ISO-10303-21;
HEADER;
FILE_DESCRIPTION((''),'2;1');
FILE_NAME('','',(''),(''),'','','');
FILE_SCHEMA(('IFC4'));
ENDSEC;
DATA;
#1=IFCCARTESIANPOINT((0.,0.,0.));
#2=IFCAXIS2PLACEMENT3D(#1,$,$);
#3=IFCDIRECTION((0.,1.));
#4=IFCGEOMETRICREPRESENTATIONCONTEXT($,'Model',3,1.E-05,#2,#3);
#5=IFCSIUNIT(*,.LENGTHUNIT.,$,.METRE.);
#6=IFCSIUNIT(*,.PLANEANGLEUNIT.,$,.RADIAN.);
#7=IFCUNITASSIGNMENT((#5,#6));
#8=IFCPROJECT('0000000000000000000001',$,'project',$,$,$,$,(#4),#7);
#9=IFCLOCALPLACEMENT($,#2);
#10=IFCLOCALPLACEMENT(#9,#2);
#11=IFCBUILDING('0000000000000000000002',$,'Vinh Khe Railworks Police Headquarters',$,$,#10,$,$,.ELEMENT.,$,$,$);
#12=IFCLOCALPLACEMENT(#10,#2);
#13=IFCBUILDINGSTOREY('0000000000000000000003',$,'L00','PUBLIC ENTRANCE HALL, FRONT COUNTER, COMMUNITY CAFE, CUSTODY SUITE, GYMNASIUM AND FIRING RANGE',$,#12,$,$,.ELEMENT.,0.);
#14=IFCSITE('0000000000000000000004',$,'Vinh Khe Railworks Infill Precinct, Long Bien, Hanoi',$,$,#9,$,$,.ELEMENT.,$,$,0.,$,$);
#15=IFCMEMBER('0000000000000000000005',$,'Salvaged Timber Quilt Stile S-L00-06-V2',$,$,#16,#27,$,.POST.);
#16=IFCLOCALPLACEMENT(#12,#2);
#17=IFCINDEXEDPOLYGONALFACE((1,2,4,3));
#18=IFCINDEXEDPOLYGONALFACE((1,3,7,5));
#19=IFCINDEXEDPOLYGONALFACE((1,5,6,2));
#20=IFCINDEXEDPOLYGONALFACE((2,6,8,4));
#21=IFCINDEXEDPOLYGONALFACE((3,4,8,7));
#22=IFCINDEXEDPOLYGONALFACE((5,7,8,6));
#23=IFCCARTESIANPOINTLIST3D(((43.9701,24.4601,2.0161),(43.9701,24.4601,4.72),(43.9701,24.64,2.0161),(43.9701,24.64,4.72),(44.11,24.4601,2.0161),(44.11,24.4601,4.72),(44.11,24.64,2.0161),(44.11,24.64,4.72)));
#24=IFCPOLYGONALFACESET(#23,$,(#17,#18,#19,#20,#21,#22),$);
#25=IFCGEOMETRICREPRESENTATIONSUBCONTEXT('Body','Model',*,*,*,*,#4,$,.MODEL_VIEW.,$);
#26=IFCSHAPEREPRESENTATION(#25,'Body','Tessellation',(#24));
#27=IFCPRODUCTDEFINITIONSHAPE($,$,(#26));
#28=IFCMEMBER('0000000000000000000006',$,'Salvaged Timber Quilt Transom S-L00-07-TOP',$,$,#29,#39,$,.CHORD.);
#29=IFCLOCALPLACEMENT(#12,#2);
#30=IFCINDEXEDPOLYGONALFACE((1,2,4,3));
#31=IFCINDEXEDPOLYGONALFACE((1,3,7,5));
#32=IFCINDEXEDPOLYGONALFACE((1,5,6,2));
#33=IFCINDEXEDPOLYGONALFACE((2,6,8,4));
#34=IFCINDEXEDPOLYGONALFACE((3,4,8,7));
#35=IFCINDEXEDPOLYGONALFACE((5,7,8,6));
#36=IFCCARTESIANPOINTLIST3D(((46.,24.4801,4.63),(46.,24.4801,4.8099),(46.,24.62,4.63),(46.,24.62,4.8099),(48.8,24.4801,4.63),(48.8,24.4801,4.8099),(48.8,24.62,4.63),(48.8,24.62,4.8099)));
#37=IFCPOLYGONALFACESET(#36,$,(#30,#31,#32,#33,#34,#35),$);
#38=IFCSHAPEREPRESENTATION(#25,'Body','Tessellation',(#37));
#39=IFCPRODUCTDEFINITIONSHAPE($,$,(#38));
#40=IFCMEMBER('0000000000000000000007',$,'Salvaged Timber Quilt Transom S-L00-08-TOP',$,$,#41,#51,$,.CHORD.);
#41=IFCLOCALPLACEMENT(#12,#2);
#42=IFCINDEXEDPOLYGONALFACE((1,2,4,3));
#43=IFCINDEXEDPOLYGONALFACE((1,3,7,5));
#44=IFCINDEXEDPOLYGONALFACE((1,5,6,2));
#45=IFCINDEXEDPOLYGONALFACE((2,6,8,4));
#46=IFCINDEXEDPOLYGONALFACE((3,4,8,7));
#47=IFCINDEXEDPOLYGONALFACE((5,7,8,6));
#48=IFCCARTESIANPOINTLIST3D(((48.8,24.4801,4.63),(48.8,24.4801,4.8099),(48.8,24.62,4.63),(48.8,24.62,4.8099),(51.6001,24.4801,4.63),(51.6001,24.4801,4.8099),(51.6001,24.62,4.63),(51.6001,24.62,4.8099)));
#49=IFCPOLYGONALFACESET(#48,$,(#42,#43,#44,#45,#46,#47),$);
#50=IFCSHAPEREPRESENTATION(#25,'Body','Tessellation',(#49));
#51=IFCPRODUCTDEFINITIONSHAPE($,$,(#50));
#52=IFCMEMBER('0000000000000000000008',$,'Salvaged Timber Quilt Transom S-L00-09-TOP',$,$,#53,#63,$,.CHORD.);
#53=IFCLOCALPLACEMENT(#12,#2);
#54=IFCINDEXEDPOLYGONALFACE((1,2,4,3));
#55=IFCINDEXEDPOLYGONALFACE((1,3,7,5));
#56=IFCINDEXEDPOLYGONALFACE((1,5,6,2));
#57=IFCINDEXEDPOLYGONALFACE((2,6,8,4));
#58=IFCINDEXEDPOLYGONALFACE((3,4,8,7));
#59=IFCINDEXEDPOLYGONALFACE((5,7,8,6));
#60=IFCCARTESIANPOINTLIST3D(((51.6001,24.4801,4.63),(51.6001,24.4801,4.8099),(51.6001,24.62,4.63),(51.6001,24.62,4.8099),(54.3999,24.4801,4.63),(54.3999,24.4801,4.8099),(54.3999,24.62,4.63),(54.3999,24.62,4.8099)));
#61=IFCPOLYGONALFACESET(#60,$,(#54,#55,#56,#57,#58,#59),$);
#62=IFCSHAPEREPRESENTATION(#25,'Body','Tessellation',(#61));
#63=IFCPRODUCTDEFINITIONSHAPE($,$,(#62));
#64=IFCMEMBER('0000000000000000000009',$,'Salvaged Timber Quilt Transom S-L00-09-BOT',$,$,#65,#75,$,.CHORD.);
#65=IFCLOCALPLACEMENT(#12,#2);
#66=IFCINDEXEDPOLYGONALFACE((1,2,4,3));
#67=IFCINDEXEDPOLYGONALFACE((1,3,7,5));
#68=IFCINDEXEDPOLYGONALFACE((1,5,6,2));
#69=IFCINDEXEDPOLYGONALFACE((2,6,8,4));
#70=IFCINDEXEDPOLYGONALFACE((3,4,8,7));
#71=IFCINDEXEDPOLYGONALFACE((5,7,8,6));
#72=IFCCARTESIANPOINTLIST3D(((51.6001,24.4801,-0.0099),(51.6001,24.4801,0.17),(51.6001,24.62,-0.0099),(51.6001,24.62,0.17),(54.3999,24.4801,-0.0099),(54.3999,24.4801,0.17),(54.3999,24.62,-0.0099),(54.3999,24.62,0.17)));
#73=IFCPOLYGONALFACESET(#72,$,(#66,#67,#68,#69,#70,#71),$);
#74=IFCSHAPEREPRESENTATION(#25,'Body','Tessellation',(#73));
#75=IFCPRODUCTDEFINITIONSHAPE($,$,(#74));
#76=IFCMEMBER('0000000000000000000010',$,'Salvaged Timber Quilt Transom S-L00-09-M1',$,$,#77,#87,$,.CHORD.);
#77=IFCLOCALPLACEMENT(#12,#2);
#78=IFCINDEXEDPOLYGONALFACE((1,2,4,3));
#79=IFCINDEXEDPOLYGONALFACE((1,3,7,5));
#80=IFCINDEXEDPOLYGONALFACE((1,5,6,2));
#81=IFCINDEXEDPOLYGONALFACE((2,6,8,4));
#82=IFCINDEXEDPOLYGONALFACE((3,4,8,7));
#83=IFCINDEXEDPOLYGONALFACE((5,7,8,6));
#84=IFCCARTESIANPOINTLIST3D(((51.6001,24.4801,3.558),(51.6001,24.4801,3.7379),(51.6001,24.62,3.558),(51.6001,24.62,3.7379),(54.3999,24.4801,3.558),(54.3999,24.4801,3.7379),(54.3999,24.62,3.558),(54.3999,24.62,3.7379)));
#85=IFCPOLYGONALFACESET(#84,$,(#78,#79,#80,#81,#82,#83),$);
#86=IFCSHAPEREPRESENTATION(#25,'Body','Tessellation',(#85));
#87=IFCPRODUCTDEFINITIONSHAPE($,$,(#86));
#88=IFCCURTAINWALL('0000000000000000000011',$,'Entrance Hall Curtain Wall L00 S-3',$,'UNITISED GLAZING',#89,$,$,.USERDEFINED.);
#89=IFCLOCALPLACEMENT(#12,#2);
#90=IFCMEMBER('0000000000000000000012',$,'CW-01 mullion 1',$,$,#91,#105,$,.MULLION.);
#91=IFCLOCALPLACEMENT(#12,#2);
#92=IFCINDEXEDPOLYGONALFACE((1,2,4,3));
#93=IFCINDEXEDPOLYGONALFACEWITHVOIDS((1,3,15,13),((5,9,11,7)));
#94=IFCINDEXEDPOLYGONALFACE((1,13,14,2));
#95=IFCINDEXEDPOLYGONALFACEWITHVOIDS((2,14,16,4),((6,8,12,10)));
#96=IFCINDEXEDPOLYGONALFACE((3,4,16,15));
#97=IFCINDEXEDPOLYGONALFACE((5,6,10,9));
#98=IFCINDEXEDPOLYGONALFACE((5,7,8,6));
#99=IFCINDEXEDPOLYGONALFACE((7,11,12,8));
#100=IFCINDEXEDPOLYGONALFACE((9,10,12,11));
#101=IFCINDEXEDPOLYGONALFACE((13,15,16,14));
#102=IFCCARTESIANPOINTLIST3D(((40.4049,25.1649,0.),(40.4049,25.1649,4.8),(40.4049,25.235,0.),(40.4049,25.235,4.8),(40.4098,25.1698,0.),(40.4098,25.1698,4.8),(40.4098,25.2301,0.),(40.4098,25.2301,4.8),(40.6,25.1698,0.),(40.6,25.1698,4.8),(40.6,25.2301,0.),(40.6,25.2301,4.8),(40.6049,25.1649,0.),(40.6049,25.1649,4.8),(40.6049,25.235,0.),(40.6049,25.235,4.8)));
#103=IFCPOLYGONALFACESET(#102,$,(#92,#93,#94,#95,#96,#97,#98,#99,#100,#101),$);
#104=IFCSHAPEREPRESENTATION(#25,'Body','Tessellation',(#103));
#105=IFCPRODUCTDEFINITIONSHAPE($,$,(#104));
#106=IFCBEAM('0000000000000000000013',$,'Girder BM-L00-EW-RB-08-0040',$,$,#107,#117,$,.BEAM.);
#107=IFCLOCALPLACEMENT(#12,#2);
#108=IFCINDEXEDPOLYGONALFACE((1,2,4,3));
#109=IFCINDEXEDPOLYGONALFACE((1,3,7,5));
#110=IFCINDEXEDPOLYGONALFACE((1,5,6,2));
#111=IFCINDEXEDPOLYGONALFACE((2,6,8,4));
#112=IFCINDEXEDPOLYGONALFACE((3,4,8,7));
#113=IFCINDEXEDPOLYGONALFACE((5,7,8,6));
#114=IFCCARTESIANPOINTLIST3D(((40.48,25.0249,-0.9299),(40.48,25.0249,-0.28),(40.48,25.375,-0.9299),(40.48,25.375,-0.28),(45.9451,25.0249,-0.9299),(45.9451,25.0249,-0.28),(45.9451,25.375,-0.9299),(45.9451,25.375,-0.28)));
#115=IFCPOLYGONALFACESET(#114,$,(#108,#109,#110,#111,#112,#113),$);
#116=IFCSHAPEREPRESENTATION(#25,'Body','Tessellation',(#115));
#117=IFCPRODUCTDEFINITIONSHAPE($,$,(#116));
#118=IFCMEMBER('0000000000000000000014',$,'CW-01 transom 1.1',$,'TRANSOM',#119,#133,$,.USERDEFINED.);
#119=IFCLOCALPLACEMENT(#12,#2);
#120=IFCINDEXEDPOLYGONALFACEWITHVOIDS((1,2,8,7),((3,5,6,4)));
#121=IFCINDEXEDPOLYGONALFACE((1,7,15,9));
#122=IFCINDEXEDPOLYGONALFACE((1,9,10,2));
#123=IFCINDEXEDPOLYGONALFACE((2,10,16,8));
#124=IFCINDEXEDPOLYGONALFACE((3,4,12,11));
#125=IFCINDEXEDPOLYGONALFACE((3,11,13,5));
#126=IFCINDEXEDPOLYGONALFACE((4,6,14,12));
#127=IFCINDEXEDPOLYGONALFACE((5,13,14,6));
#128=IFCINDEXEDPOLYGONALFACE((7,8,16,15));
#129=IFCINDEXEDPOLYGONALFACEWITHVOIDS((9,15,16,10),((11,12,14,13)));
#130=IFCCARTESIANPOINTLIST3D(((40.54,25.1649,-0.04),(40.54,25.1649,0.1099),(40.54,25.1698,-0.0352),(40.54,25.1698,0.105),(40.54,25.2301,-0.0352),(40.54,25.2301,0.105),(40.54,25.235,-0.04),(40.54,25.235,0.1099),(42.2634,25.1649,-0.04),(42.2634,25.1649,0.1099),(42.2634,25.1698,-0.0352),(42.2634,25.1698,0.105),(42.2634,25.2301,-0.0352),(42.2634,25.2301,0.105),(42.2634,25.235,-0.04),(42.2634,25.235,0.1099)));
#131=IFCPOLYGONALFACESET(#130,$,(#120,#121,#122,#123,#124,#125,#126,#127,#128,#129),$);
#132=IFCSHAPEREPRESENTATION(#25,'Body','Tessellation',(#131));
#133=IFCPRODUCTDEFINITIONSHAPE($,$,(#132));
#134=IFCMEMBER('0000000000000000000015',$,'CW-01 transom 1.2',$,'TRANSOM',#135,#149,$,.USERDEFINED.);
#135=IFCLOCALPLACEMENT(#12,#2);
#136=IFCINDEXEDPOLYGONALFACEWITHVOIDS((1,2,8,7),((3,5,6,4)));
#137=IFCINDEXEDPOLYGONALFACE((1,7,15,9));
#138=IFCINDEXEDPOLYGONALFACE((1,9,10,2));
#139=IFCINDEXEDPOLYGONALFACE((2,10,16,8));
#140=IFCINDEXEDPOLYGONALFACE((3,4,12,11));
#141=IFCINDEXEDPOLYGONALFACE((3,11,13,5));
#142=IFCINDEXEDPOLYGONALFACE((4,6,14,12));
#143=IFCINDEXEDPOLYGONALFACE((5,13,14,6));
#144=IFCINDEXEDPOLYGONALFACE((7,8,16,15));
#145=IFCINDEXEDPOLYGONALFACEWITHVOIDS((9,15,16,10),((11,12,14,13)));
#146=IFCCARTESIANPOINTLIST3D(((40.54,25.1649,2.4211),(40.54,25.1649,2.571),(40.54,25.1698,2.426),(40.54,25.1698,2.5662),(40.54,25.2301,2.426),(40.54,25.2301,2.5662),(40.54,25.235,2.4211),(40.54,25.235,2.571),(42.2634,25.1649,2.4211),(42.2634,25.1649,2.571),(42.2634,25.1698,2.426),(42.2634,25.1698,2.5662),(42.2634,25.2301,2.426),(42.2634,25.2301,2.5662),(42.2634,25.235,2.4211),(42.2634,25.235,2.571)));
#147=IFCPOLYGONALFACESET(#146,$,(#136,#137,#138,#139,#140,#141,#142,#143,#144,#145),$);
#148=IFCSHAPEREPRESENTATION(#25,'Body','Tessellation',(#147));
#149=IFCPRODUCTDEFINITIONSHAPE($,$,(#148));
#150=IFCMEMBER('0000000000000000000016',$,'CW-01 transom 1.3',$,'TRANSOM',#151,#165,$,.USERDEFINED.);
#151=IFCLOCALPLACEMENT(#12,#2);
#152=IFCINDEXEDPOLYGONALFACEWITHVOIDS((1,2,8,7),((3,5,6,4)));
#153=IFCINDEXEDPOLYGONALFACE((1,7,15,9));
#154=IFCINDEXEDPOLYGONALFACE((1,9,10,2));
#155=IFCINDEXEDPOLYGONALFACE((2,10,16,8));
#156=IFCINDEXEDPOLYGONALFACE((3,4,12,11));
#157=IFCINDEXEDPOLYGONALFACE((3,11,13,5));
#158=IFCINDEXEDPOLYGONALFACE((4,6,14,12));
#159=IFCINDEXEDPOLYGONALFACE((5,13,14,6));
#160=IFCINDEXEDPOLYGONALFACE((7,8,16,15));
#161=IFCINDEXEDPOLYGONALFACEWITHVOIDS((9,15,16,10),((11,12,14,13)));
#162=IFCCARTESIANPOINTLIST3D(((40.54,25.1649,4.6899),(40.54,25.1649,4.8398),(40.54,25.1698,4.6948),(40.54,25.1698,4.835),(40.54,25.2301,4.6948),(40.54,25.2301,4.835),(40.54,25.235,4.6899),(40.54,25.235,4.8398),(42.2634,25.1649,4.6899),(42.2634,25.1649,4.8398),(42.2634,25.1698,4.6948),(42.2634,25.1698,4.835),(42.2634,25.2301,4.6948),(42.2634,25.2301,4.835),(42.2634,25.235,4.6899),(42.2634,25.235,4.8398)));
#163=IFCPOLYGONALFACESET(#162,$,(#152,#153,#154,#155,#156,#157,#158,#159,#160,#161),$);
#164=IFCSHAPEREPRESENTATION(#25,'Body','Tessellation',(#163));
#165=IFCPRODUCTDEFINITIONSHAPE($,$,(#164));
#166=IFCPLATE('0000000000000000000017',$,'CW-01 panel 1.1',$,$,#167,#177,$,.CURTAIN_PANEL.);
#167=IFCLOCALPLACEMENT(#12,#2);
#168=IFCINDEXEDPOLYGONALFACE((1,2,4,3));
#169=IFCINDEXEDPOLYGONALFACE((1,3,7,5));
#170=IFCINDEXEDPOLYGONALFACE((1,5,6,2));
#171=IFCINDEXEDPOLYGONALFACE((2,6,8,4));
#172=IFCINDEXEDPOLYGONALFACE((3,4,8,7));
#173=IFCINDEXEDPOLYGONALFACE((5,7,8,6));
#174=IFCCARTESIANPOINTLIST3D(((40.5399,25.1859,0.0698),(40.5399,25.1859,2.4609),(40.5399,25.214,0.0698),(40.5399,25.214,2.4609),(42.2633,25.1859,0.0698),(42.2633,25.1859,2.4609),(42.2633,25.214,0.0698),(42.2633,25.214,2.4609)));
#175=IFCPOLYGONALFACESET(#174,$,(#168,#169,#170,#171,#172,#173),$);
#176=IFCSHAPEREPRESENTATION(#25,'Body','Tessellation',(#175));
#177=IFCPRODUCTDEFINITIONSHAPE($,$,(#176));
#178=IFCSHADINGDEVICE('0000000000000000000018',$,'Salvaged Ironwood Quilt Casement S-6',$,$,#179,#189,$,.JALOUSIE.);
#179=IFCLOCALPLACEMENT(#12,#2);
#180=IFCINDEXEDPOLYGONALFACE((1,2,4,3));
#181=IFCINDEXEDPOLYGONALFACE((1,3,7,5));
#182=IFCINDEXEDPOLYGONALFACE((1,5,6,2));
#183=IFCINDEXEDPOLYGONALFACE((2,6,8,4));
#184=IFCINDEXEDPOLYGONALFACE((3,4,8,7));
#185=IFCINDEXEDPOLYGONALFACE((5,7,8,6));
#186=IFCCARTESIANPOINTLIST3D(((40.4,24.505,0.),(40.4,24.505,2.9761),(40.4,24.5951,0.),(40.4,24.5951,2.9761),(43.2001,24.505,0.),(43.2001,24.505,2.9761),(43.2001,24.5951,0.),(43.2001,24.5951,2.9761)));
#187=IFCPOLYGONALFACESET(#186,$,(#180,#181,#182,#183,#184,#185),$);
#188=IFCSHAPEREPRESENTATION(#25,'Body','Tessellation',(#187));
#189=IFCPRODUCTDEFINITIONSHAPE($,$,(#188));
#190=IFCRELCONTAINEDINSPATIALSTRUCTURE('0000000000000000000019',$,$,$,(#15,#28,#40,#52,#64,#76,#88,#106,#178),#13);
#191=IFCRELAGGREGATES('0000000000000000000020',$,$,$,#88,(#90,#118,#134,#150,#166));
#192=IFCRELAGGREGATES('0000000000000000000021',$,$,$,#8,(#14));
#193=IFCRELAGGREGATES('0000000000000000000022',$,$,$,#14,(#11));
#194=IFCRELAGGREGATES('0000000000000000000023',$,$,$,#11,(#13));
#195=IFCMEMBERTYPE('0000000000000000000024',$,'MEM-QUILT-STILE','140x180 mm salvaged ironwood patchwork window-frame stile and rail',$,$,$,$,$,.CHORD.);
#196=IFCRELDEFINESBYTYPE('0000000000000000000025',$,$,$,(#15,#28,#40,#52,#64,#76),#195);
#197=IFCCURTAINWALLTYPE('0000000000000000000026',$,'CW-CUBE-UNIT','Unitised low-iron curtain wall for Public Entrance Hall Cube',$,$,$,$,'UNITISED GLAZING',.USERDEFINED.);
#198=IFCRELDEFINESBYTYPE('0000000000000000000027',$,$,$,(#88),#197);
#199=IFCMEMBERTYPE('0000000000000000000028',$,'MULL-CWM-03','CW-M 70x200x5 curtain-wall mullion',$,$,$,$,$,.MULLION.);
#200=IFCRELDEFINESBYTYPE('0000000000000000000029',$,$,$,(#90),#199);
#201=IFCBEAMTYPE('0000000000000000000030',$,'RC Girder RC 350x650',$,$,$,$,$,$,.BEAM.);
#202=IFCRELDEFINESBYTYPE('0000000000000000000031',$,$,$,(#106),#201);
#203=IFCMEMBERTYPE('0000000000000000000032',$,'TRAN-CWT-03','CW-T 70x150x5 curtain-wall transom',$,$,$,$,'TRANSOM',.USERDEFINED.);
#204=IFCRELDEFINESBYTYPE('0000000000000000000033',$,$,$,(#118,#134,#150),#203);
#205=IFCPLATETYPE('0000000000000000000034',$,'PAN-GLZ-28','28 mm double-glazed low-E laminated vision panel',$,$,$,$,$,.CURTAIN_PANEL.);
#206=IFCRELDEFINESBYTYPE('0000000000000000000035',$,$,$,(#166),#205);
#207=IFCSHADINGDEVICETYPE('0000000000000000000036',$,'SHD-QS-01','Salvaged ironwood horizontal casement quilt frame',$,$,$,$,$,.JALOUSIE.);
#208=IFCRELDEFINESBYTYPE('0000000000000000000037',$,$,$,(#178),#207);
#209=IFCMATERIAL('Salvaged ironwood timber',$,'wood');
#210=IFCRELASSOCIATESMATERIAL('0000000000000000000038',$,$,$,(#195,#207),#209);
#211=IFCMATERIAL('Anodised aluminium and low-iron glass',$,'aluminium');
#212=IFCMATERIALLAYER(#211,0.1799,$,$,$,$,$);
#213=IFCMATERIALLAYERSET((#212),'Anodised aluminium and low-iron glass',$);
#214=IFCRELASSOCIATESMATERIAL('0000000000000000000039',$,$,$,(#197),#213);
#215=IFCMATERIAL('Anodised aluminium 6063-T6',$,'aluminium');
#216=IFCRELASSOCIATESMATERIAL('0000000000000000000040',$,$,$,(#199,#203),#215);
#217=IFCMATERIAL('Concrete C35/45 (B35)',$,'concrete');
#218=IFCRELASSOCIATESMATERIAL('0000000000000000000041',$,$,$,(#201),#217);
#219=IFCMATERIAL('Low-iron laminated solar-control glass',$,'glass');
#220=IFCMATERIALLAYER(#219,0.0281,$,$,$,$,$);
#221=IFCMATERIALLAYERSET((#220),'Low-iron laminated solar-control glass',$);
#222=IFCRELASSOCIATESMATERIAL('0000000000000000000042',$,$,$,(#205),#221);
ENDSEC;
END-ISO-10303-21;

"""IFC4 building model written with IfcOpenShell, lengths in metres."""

from ifc_helpers import new_model, si_unit, direction, frame, origin, origin_2d, place, context, subcontext, project, spatial, rectangle, hollow_rectangle, extrude, material, layer, layer_set, material_profile, profile_set, type_object, element, aggregate, save


model = new_model("IFC4")

# Units and contexts
model_context = context("Model", 3, precision=1e-05, world=origin(), true_north=direction((0.0, 1.0)))
body_context = subcontext(model_context, "Body", "Model", "MODEL_VIEW")
ifc_project = project(units=[si_unit("LENGTHUNIT", "METRE"), si_unit("PLANEANGLEUNIT", "RADIAN")], contexts=[model_context])

# Site, building, storey
site_placement = place(None, origin())
site = spatial("IfcSite", under=ifc_project, at=site_placement, Name="Vinh Khe Railworks Infill Precinct, Long Bien, Hanoi", CompositionType="ELEMENT", RefElevation=0.0)
building_placement = place(site_placement, origin())
building = spatial("IfcBuilding", under=site, at=building_placement, Name="Vinh Khe Railworks Police Headquarters", CompositionType="ELEMENT")
storey_placement = place(building_placement, origin())
storey = spatial("IfcBuildingStorey", under=building, at=storey_placement, Name="L00", Description="PUBLIC ENTRANCE HALL, FRONT COUNTER, COMMUNITY CAFE, CUSTODY SUITE, GYMNASIUM AND FIRING RANGE", CompositionType="ELEMENT", Elevation=0.0)

# Members
ifc_material_1 = material(Name="Salvaged ironwood timber", Category="wood")
ifc_material_profile_1 = material_profile(ifc_material_1, rectangle(XDim=0.1399, YDim=0.1799, at=origin_2d()), Name="TIMBER 140x180")
ifc_profile_set_1 = profile_set([ifc_material_profile_1], Name="Salvaged ironwood timber")
member_type_1 = type_object("IfcMemberType", Name="MEM-QUILT-STILE", Description="140x180 mm salvaged ironwood patchwork window-frame stile and rail", PredefinedType="CHORD", material=ifc_profile_set_1)
member_1_placement = place(storey_placement, frame((44.04, 24.55, 2.0161), z_axis=(0.0, 0.0, 1.0), x_axis=(1.0, 0.0, 0.0)))
element("IfcMember", 1, at=member_1_placement, inside=storey, type_object=member_type_1, Name="Salvaged Timber Quilt Stile S-L00-06-V2", PredefinedType="POST", context=body_context, shape_type="SweptSolid", body=[
    extrude(rectangle(XDim=0.1399, YDim=0.1799, at=origin_2d()), origin(), (0.0, 0.0, 1.0), 2.7039),
])
for number, where, z_axis, x_axis, name in (
    (2, (46.0, 24.55, 4.72), (1.0, 0.0, 0.0), (0.0, 1.0, 0.0), "Salvaged Timber Quilt Transom S-L00-07-TOP"),
    (3, (48.8, 24.55, 4.72), (1.0, 0.0, 0.0), (0.0, 1.0, 0.0), "Salvaged Timber Quilt Transom S-L00-08-TOP"),
):
    element("IfcMember", number, at=place(storey_placement, frame(where, z_axis=z_axis, x_axis=x_axis)), inside=storey, type_object=member_type_1, Name=name, PredefinedType="CHORD", context=body_context, shape_type="SweptSolid", body=[
        extrude(rectangle(XDim=0.1399, YDim=0.1799, at=origin_2d()), origin(), (0.0, 0.0, 1.0), 2.8),
    ])
for number, where, z_axis, x_axis, name in (
    (4, (51.6001, 24.55, 4.72), (1.0, 0.0, 0.0), (0.0, 1.0, 0.0), "Salvaged Timber Quilt Transom S-L00-09-TOP"),
    (5, (51.6001, 24.55, 0.0801), (1.0, 0.0, 0.0), (0.0, 1.0, 0.0), "Salvaged Timber Quilt Transom S-L00-09-BOT"),
    (6, (51.6001, 24.55, 3.6479), (1.0, 0.0, 0.0), (0.0, 1.0, 0.0), "Salvaged Timber Quilt Transom S-L00-09-M1"),
):
    element("IfcMember", number, at=place(storey_placement, frame(where, z_axis=z_axis, x_axis=x_axis)), inside=storey, type_object=member_type_1, Name=name, PredefinedType="CHORD", context=body_context, shape_type="SweptSolid", body=[
        extrude(rectangle(XDim=0.1399, YDim=0.1799, at=origin_2d()), origin(), (0.0, 0.0, 1.0), 2.7998),
    ])

# Curtain wall, member
ifc_material_2 = material(Name="Anodised aluminium and low-iron glass", Category="aluminium")
ifc_layer_1 = layer(ifc_material_2, 0.1799)
ifc_layer_set_1 = layer_set([ifc_layer_1], Name="Anodised aluminium and low-iron glass")
curtain_wall_type = type_object("IfcCurtainWallType", Name="CW-CUBE-UNIT", Description="Unitised low-iron curtain wall for Public Entrance Hall Cube", ElementType="UNITISED GLAZING", PredefinedType="USERDEFINED", material=ifc_layer_set_1)
curtain_wall_placement = place(storey_placement, origin())
curtain_wall = element("IfcCurtainWall", 7, at=curtain_wall_placement, inside=storey, type_object=curtain_wall_type, Name="Entrance Hall Curtain Wall L00 S-3", ObjectType="UNITISED GLAZING", PredefinedType="USERDEFINED")
ifc_material_3 = material(Name="Anodised aluminium 6063-T6", Category="aluminium")
ifc_material_profile_2 = material_profile(ifc_material_3, hollow_rectangle(XDim=0.0701, YDim=0.2, WallThickness=0.0049, at=origin_2d()), Name="CW-M 70x200x5")
ifc_profile_set_2 = profile_set([ifc_material_profile_2], Name="Anodised aluminium 6063-T6")
member_type_2 = type_object("IfcMemberType", Name="MULL-CWM-03", Description="CW-M 70x200x5 curtain-wall mullion", PredefinedType="MULLION", material=ifc_profile_set_2)
member_2_placement = place(storey_placement, frame((40.5049, 25.2, 0.0), z_axis=(0.0, 0.0, 1.0), x_axis=(0.0, 1.0, 0.0)))
member_2 = element("IfcMember", 8, at=member_2_placement, type_object=member_type_2, Name="CW-01 mullion 1", PredefinedType="MULLION", context=body_context, shape_type="SweptSolid", body=[
    extrude(hollow_rectangle(XDim=0.0701, YDim=0.2, WallThickness=0.0049, at=origin_2d()), origin(), (0.0, 0.0, 1.0), 4.8),
])

# Beam
ifc_material_4 = material(Name="Concrete C35/45 (B35)", Category="concrete")
ifc_material_profile_3 = material_profile(ifc_material_4, rectangle(XDim=0.3501, YDim=0.6499, at=origin_2d()), Name="RC 350x650")
ifc_profile_set_3 = profile_set([ifc_material_profile_3], Name="Concrete C35/45 (B35)")
beam_type = type_object("IfcBeamType", Name="RC Girder RC 350x650", PredefinedType="BEAM", material=ifc_profile_set_3)
beam_placement = place(storey_placement, frame((40.48, 25.2, -0.605), z_axis=(1.0, 0.0, 0.0), x_axis=(0.0, 1.0, 0.0)))
element("IfcBeam", 9, at=beam_placement, inside=storey, type_object=beam_type, Name="Girder BM-L00-EW-RB-08-0040", PredefinedType="BEAM", context=body_context, shape_type="SweptSolid", body=[
    extrude(rectangle(XDim=0.3501, YDim=0.6499, at=origin_2d()), origin(), (0.0, 0.0, 1.0), 5.4651),
])

# Members
ifc_material_profile_4 = material_profile(ifc_material_3, hollow_rectangle(XDim=0.0701, YDim=0.1499, WallThickness=0.0049, at=origin_2d()), Name="CW-T 70x150x5")
ifc_profile_set_4 = profile_set([ifc_material_profile_4], Name="Anodised aluminium 6063-T6")
member_type_3 = type_object("IfcMemberType", Name="TRAN-CWT-03", Description="CW-T 70x150x5 curtain-wall transom", ElementType="TRANSOM", PredefinedType="USERDEFINED", material=ifc_profile_set_4)
member_3_placement = place(storey_placement, frame((40.54, 25.2, 0.0349), z_axis=(1.0, 0.0, 0.0), x_axis=(0.0, 1.0, 0.0)))
member_3 = element("IfcMember", 10, at=member_3_placement, type_object=member_type_3, Name="CW-01 transom 1.1", ObjectType="TRANSOM", PredefinedType="USERDEFINED", context=body_context, shape_type="SweptSolid", body=[
    extrude(hollow_rectangle(XDim=0.0701, YDim=0.1499, WallThickness=0.0049, at=origin_2d()), origin(), (0.0, 0.0, 1.0), 1.7234),
])
member_4_placement = place(storey_placement, frame((40.54, 25.2, 2.4961), z_axis=(1.0, 0.0, 0.0), x_axis=(0.0, 1.0, 0.0)))
member_4 = element("IfcMember", 11, at=member_4_placement, type_object=member_type_3, Name="CW-01 transom 1.2", ObjectType="TRANSOM", PredefinedType="USERDEFINED", context=body_context, shape_type="SweptSolid", body=[
    extrude(hollow_rectangle(XDim=0.0701, YDim=0.1499, WallThickness=0.0049, at=origin_2d()), origin(), (0.0, 0.0, 1.0), 1.7234),
])
member_5_placement = place(storey_placement, frame((40.54, 25.2, 4.7649), z_axis=(1.0, 0.0, 0.0), x_axis=(0.0, 1.0, 0.0)))
member_5 = element("IfcMember", 12, at=member_5_placement, type_object=member_type_3, Name="CW-01 transom 1.3", ObjectType="TRANSOM", PredefinedType="USERDEFINED", context=body_context, shape_type="SweptSolid", body=[
    extrude(hollow_rectangle(XDim=0.0701, YDim=0.1499, WallThickness=0.0049, at=origin_2d()), origin(), (0.0, 0.0, 1.0), 1.7234),
])

# Plate
ifc_material_5 = material(Name="Low-iron laminated solar-control glass", Category="glass")
ifc_layer_2 = layer(ifc_material_5, 0.0281)
ifc_layer_set_2 = layer_set([ifc_layer_2], Name="Low-iron laminated solar-control glass")
plate_type = type_object("IfcPlateType", Name="PAN-GLZ-28", Description="28 mm double-glazed low-E laminated vision panel", PredefinedType="CURTAIN_PANEL", material=ifc_layer_set_2)
plate_placement = place(storey_placement, frame((41.4016, 25.2, 0.0698), z_axis=(0.0, 0.0, 1.0), x_axis=(1.0, 0.0, 0.0)))
plate = element("IfcPlate", 13, at=plate_placement, type_object=plate_type, Name="CW-01 panel 1.1", PredefinedType="CURTAIN_PANEL", context=body_context, shape_type="SweptSolid", body=[
    extrude(rectangle(XDim=1.7234, YDim=0.0281, at=origin_2d()), origin(), (0.0, 0.0, 1.0), 2.3911),
])
aggregate(curtain_wall, [member_2, member_3, member_4, member_5, plate])

# Shading device
shading_device_type_1 = type_object("IfcShadingDeviceType", Name="SHD-QS-01", Description="Salvaged ironwood horizontal casement quilt frame", PredefinedType="JALOUSIE", material=ifc_material_1)
shading_device_1_placement = place(storey_placement, frame((41.8, 24.55, 0.0), z_axis=(0.0, 0.0, 1.0), x_axis=(1.0, 0.0, 0.0)))
element("IfcShadingDevice", 14, at=shading_device_1_placement, inside=storey, type_object=shading_device_type_1, Name="Salvaged Ironwood Quilt Casement S-6", PredefinedType="JALOUSIE", context=body_context, shape_type="SweptSolid", body=[
    extrude(rectangle(XDim=2.8, YDim=0.0901, at=origin_2d()), origin(), (0.0, 0.0, 1.0), 2.9761),
])

save(model, "model.ifc")
